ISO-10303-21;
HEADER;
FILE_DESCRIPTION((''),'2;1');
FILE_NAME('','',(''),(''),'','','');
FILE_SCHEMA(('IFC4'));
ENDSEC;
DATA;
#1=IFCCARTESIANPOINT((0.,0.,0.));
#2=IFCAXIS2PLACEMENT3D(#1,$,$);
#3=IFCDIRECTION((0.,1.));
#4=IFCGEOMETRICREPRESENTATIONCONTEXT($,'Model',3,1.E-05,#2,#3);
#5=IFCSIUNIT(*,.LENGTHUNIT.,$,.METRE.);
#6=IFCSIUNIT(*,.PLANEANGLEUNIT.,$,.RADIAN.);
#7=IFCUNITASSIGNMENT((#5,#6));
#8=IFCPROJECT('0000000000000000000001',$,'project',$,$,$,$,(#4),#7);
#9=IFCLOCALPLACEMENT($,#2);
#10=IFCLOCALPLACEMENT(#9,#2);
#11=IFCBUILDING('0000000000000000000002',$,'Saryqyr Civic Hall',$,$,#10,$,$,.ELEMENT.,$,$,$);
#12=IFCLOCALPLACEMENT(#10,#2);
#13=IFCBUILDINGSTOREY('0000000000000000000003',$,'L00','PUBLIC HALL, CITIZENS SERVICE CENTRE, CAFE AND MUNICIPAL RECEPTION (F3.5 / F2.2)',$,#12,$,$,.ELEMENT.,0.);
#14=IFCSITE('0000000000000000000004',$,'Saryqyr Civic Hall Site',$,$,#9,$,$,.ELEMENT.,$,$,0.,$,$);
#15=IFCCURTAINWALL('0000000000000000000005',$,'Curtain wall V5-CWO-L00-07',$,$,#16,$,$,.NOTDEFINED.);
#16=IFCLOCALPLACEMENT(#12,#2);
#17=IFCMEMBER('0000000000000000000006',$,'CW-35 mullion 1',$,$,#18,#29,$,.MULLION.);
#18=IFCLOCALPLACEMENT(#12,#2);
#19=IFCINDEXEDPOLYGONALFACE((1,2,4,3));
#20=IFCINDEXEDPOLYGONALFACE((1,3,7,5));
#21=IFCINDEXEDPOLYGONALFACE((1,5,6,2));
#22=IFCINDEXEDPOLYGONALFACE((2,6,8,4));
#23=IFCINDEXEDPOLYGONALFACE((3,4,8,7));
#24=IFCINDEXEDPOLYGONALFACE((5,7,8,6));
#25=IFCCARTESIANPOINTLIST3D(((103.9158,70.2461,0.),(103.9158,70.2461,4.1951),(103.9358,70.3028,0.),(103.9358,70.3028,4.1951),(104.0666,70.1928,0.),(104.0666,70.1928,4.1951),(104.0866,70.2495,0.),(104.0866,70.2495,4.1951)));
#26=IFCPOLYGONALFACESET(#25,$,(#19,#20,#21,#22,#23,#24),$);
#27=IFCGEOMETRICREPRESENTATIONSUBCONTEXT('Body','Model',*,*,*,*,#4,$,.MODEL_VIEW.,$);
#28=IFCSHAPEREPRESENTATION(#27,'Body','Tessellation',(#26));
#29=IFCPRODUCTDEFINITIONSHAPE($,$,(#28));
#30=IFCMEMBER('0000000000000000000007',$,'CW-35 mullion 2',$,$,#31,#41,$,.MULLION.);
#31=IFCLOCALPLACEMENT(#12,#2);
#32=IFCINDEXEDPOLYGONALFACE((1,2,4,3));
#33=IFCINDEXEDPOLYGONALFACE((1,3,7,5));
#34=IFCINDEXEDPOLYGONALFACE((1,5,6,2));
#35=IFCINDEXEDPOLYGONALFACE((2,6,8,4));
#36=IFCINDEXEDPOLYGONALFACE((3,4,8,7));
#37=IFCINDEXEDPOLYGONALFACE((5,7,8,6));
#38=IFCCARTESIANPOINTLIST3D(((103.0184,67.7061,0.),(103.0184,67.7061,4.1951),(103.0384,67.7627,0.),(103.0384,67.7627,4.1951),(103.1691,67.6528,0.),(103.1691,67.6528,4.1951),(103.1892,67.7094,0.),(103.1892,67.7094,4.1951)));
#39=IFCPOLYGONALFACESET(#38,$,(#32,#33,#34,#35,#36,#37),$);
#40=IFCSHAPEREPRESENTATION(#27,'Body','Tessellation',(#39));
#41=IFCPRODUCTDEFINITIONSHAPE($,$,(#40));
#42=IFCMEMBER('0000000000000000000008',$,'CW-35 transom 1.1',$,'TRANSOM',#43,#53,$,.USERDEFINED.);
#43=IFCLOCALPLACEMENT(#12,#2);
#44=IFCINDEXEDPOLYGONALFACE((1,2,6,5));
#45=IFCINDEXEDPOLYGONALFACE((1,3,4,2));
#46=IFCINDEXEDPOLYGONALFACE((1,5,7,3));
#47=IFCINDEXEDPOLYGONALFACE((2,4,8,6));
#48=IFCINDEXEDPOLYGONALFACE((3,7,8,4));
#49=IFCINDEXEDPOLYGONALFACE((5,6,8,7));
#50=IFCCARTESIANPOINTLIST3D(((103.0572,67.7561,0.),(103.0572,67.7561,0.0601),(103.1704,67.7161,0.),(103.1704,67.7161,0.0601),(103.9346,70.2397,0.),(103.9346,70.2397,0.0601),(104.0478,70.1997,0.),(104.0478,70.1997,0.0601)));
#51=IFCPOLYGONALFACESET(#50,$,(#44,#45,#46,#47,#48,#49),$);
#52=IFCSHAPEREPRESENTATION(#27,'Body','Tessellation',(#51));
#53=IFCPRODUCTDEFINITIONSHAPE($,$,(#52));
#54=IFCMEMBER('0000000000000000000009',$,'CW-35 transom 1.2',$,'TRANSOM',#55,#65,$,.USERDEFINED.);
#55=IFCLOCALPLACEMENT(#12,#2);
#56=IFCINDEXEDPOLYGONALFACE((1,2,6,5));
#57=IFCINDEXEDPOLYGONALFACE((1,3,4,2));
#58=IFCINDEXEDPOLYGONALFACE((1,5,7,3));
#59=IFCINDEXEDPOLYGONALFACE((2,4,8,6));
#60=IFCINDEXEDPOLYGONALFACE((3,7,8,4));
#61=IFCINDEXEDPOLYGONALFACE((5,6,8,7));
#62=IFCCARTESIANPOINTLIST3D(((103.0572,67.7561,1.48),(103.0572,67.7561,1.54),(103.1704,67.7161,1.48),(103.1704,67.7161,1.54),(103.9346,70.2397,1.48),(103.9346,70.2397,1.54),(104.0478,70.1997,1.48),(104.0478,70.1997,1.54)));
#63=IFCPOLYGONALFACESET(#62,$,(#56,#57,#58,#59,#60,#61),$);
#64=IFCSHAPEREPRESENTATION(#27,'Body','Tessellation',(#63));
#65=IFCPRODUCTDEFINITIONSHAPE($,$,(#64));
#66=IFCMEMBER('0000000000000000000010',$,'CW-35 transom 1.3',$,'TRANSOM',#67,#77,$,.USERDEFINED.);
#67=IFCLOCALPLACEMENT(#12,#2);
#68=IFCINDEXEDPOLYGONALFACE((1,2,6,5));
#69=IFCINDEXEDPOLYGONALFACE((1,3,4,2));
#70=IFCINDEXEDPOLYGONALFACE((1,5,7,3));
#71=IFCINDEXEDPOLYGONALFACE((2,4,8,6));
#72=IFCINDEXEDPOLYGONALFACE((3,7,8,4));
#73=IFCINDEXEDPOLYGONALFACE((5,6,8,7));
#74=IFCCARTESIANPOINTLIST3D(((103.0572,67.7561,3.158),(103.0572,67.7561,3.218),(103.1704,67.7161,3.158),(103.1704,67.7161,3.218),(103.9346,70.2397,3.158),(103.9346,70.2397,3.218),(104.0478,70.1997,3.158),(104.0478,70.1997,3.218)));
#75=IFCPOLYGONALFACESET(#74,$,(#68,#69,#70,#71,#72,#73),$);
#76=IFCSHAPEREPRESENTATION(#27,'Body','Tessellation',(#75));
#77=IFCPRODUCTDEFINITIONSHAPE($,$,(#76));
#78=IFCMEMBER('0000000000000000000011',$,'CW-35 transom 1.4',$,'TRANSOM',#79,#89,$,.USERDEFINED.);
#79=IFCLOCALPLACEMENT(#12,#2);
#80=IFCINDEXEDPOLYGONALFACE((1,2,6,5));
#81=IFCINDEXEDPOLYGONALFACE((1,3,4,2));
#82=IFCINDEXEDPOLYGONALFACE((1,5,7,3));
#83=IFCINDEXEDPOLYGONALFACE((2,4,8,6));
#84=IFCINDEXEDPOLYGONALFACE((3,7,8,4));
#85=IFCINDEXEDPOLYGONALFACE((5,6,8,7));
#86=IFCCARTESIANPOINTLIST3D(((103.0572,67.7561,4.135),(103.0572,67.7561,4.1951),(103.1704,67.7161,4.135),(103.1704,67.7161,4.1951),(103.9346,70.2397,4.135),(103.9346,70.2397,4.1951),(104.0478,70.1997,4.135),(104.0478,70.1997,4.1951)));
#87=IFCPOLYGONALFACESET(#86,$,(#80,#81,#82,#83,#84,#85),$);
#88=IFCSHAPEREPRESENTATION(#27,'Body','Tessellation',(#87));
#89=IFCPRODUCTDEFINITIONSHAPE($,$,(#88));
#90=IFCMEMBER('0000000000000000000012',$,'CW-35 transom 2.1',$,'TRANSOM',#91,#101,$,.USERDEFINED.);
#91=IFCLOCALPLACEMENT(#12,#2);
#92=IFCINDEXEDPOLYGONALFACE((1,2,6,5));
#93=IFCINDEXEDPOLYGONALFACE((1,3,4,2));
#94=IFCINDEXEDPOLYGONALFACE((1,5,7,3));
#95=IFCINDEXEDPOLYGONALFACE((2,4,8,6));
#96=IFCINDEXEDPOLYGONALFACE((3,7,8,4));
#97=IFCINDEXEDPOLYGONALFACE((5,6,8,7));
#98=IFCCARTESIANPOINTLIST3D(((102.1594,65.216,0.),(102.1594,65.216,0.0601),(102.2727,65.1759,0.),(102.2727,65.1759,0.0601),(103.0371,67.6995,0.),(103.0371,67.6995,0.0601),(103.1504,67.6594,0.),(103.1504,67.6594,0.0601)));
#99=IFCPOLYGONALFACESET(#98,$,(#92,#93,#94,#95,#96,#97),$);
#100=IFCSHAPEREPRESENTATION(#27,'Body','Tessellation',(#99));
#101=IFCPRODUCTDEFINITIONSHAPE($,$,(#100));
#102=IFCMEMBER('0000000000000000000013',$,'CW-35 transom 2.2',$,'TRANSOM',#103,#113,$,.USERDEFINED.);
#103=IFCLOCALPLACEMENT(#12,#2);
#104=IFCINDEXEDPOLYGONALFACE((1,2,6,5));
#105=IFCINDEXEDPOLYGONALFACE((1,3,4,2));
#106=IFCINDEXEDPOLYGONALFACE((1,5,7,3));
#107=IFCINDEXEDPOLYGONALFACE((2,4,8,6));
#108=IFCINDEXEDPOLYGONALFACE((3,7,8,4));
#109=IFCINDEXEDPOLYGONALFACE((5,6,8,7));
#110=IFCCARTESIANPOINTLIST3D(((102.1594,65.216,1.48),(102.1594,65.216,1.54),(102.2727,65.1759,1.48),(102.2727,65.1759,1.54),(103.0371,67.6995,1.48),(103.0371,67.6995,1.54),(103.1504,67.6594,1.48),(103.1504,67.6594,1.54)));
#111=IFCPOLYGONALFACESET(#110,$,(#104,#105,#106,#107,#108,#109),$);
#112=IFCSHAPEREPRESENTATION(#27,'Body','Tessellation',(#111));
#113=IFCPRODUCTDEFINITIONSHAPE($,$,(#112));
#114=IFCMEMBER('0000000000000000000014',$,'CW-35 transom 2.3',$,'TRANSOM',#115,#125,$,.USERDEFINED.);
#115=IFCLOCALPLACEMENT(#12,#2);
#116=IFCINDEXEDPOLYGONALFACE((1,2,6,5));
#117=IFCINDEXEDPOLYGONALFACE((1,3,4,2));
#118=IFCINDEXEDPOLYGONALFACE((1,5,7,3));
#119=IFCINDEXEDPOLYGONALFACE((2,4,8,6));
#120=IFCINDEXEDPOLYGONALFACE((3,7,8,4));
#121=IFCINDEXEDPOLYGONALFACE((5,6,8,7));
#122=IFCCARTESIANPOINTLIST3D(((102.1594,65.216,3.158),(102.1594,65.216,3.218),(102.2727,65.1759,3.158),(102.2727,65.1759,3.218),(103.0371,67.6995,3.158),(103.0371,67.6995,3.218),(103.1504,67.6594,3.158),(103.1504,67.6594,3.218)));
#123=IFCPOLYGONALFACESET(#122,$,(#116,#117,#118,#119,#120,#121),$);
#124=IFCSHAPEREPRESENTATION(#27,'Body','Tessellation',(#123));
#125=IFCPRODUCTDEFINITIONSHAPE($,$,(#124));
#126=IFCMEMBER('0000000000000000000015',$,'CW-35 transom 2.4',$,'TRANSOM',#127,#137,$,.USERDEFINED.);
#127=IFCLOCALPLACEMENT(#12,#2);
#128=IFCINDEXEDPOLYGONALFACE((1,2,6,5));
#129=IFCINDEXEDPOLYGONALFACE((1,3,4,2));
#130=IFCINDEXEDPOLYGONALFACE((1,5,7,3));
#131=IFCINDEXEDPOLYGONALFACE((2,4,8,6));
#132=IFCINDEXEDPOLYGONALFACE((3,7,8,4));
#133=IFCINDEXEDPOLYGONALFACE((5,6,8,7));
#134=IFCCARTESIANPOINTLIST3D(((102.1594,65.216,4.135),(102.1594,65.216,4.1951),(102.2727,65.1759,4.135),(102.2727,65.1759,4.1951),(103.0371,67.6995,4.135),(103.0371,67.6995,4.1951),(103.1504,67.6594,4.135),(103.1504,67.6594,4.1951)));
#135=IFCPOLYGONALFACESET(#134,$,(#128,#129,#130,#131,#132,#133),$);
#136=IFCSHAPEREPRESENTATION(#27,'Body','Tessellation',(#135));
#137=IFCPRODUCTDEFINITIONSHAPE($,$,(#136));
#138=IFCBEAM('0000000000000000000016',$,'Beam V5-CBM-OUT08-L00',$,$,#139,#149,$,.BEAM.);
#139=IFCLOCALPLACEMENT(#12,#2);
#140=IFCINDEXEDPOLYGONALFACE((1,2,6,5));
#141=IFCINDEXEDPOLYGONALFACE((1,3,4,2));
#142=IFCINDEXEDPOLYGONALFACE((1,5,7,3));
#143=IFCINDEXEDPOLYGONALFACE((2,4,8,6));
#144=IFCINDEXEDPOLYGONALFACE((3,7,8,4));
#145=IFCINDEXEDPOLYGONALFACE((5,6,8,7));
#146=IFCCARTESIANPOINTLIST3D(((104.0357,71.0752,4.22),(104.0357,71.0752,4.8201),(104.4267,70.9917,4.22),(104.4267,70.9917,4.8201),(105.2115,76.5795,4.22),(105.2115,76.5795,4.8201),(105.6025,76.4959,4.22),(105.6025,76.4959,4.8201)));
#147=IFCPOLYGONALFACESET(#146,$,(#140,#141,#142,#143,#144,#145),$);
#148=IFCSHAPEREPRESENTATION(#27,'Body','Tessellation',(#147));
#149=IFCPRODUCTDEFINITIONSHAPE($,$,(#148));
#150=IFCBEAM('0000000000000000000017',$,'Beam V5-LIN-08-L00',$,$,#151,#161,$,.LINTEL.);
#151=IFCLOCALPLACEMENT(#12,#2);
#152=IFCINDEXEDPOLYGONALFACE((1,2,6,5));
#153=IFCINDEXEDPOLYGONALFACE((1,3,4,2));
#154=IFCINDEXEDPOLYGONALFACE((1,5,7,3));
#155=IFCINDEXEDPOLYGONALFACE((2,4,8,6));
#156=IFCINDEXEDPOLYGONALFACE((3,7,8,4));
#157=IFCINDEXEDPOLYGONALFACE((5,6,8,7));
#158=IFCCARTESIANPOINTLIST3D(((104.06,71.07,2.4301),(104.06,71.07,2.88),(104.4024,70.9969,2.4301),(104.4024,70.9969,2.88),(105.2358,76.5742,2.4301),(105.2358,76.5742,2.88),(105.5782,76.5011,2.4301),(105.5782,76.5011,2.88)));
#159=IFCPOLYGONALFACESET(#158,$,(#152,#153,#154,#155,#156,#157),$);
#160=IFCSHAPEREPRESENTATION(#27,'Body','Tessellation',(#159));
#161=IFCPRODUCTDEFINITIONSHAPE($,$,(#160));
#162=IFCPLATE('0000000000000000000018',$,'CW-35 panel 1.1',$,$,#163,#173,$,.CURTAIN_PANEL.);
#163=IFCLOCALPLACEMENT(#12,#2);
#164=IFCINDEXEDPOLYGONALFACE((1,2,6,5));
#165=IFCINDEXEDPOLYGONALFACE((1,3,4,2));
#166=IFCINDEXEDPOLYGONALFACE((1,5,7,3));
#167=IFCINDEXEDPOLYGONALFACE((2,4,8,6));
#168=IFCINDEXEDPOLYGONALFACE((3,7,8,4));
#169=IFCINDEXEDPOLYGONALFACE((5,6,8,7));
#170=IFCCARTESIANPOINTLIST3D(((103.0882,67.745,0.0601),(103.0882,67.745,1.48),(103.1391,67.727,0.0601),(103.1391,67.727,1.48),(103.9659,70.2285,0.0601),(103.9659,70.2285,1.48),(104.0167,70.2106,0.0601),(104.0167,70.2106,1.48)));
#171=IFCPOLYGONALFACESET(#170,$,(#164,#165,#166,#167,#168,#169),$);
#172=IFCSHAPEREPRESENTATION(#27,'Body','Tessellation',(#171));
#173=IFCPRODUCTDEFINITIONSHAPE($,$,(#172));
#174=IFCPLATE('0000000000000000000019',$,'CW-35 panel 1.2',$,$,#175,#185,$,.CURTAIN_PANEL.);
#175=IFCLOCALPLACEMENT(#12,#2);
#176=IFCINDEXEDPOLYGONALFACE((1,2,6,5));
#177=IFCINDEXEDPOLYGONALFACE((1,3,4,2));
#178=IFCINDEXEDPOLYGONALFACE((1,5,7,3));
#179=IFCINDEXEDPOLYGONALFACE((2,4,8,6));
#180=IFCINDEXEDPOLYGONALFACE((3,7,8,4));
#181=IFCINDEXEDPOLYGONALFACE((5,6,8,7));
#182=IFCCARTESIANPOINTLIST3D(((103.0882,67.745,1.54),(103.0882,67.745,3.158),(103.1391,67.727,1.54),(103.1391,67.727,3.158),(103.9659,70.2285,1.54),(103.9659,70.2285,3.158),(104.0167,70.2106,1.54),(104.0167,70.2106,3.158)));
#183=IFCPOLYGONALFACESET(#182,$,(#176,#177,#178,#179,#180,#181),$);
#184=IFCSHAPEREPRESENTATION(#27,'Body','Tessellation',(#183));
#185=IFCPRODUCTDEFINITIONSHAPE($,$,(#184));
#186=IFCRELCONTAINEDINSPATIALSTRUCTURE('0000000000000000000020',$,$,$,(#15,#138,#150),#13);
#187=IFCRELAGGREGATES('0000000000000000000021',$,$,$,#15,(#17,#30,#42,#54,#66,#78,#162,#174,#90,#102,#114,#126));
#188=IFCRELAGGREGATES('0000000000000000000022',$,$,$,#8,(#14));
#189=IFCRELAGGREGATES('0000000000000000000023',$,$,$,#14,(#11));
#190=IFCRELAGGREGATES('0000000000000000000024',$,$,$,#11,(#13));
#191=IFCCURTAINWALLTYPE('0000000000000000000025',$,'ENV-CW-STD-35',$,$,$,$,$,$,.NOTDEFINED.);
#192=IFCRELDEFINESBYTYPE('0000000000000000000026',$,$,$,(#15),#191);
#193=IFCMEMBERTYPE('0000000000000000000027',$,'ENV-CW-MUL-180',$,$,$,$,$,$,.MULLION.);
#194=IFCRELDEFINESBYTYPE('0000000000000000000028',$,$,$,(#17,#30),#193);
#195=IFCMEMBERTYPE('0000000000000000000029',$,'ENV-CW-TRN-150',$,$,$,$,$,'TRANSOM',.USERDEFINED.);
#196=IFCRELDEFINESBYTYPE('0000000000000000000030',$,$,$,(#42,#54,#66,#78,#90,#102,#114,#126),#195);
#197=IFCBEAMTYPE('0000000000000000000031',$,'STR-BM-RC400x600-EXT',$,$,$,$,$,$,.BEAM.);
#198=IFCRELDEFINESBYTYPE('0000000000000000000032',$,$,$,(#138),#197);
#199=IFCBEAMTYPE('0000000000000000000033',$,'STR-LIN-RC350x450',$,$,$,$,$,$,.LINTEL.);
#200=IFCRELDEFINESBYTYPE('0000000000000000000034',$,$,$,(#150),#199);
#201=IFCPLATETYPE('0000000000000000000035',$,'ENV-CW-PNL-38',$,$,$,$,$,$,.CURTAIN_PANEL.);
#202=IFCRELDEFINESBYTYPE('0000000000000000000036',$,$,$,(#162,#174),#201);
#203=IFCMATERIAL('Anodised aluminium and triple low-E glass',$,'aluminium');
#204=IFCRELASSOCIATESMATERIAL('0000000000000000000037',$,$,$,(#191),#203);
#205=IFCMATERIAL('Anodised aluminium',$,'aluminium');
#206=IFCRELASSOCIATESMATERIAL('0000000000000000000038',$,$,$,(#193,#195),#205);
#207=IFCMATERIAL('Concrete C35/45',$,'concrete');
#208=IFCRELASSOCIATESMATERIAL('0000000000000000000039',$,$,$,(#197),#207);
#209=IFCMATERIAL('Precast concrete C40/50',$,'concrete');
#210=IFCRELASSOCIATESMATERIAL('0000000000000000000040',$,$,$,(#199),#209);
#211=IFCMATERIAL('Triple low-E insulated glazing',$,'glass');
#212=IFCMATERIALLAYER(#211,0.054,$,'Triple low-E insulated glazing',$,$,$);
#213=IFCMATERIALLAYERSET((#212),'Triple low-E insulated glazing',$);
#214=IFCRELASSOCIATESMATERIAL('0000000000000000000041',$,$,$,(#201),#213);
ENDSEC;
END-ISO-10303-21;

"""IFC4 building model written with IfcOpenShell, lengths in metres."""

from ifc_helpers import new_model, si_unit, direction, frame, origin, origin_2d, place, context, subcontext, project, spatial, rectangle, extrude, material, layer, layer_set, material_profile, profile_set, type_object, element, aggregate, save


model = new_model("IFC4")

# Units and contexts
model_context = context("Model", 3, precision=1e-05, world=origin(), true_north=direction((0.0, 1.0)))
body_context = subcontext(model_context, "Body", "Model", "MODEL_VIEW")
ifc_project = project(units=[si_unit("LENGTHUNIT", "METRE"), si_unit("PLANEANGLEUNIT", "RADIAN")], contexts=[model_context])

# Site, building, storey
site_placement = place(None, origin())
site = spatial("IfcSite", under=ifc_project, at=site_placement, Name="Saryqyr Civic Hall Site", CompositionType="ELEMENT", RefElevation=0.0)
building_placement = place(site_placement, origin())
building = spatial("IfcBuilding", under=site, at=building_placement, Name="Saryqyr Civic Hall", CompositionType="ELEMENT")
storey_placement = place(building_placement, origin())
storey = spatial("IfcBuildingStorey", under=building, at=storey_placement, Name="L00", Description="PUBLIC HALL, CITIZENS SERVICE CENTRE, CAFE AND MUNICIPAL RECEPTION (F3.5 / F2.2)", CompositionType="ELEMENT", Elevation=0.0)

# Curtain wall, members
ifc_material_1 = material(Name="Anodised aluminium and triple low-E glass", Category="aluminium")
curtain_wall_type = type_object("IfcCurtainWallType", Name="ENV-CW-STD-35", PredefinedType="NOTDEFINED", material=ifc_material_1)
curtain_wall_placement = place(storey_placement, origin())
curtain_wall = element("IfcCurtainWall", 1, at=curtain_wall_placement, inside=storey, type_object=curtain_wall_type, Name="Curtain wall V5-CWO-L00-07", PredefinedType="NOTDEFINED")
ifc_material_2 = material(Name="Anodised aluminium", Category="aluminium")
ifc_material_profile_1 = material_profile(ifc_material_2, rectangle(XDim=0.0601, YDim=0.1599, at=origin_2d()), Name="ALU MULLION 60x160")
ifc_profile_set_1 = profile_set([ifc_material_profile_1], Name="Anodised aluminium")
member_type_1 = type_object("IfcMemberType", Name="ENV-CW-MUL-180", PredefinedType="MULLION", material=ifc_profile_set_1)
member_1_placement = place(storey_placement, frame((104.0012, 70.2478, 0.0), z_axis=(0.0, 0.0, 1.0), x_axis=(-0.333181, -0.942863, 0.0)))
member_1 = element("IfcMember", 2, at=member_1_placement, type_object=member_type_1, Name="CW-35 mullion 1", PredefinedType="MULLION", context=body_context, shape_type="SweptSolid", body=[
    extrude(rectangle(XDim=0.0601, YDim=0.1599, at=origin_2d()), origin(), (0.0, 0.0, 1.0), 4.1951),
])
member_2_placement = place(storey_placement, frame((103.1038, 67.7078, 0.0), z_axis=(0.0, 0.0, 1.0), x_axis=(-0.333181, -0.942863, 0.0)))
member_2 = element("IfcMember", 3, at=member_2_placement, type_object=member_type_1, Name="CW-35 mullion 2", PredefinedType="MULLION", context=body_context, shape_type="SweptSolid", body=[
    extrude(rectangle(XDim=0.0601, YDim=0.1599, at=origin_2d()), origin(), (0.0, 0.0, 1.0), 4.1951),
])
ifc_material_profile_2 = material_profile(ifc_material_2, rectangle(XDim=0.1201, YDim=0.0601, at=origin_2d()), Name="ALU TRANSOM 120x60")
ifc_profile_set_2 = profile_set([ifc_material_profile_2], Name="Anodised aluminium")
member_type_2 = type_object("IfcMemberType", Name="ENV-CW-TRN-150", ElementType="TRANSOM", PredefinedType="USERDEFINED", material=ifc_profile_set_2)
member_3_placement = place(storey_placement, frame((103.9912, 70.2197, 0.03), z_axis=(-0.333111, -0.942888, 0.0), x_axis=(0.942888, -0.333111, 0.0)))
member_3 = element("IfcMember", 4, at=member_3_placement, type_object=member_type_2, Name="CW-35 transom 1.1", ObjectType="TRANSOM", PredefinedType="USERDEFINED", context=body_context, shape_type="SweptSolid", body=[
    extrude(rectangle(XDim=0.1201, YDim=0.0601, at=origin_2d()), origin(), (0.0, 0.0, 1.0), 2.634),
])
member_4_placement = place(storey_placement, frame((103.9912, 70.2197, 1.51), z_axis=(-0.333111, -0.942888, 0.0), x_axis=(0.942888, -0.333111, 0.0)))
member_4 = element("IfcMember", 5, at=member_4_placement, type_object=member_type_2, Name="CW-35 transom 1.2", ObjectType="TRANSOM", PredefinedType="USERDEFINED", context=body_context, shape_type="SweptSolid", body=[
    extrude(rectangle(XDim=0.1201, YDim=0.0601, at=origin_2d()), origin(), (0.0, 0.0, 1.0), 2.634),
])
member_5_placement = place(storey_placement, frame((103.9912, 70.2197, 3.188), z_axis=(-0.333111, -0.942888, 0.0), x_axis=(0.942888, -0.333111, 0.0)))
member_5 = element("IfcMember", 6, at=member_5_placement, type_object=member_type_2, Name="CW-35 transom 1.3", ObjectType="TRANSOM", PredefinedType="USERDEFINED", context=body_context, shape_type="SweptSolid", body=[
    extrude(rectangle(XDim=0.1201, YDim=0.0601, at=origin_2d()), origin(), (0.0, 0.0, 1.0), 2.634),
])
member_6_placement = place(storey_placement, frame((103.9912, 70.2197, 4.165), z_axis=(-0.333111, -0.942888, 0.0), x_axis=(0.942888, -0.333111, 0.0)))
member_6 = element("IfcMember", 7, at=member_6_placement, type_object=member_type_2, Name="CW-35 transom 1.4", ObjectType="TRANSOM", PredefinedType="USERDEFINED", context=body_context, shape_type="SweptSolid", body=[
    extrude(rectangle(XDim=0.1201, YDim=0.0601, at=origin_2d()), origin(), (0.0, 0.0, 1.0), 2.634),
])
member_7_placement = place(storey_placement, frame((103.0938, 67.6794, 0.03), z_axis=(-0.333223, -0.942848, 0.0), x_axis=(0.942848, -0.333223, 0.0)))
member_7 = element("IfcMember", 8, at=member_7_placement, type_object=member_type_2, Name="CW-35 transom 2.1", ObjectType="TRANSOM", PredefinedType="USERDEFINED", context=body_context, shape_type="SweptSolid", body=[
    extrude(rectangle(XDim=0.1201, YDim=0.0601, at=origin_2d()), origin(), (0.0, 0.0, 1.0), 2.634),
])
member_8_placement = place(storey_placement, frame((103.0938, 67.6794, 1.51), z_axis=(-0.333223, -0.942848, 0.0), x_axis=(0.942848, -0.333223, 0.0)))
member_8 = element("IfcMember", 9, at=member_8_placement, type_object=member_type_2, Name="CW-35 transom 2.2", ObjectType="TRANSOM", PredefinedType="USERDEFINED", context=body_context, shape_type="SweptSolid", body=[
    extrude(rectangle(XDim=0.1201, YDim=0.0601, at=origin_2d()), origin(), (0.0, 0.0, 1.0), 2.634),
])
member_9_placement = place(storey_placement, frame((103.0938, 67.6794, 3.188), z_axis=(-0.333223, -0.942848, 0.0), x_axis=(0.942848, -0.333223, 0.0)))
member_9 = element("IfcMember", 10, at=member_9_placement, type_object=member_type_2, Name="CW-35 transom 2.3", ObjectType="TRANSOM", PredefinedType="USERDEFINED", context=body_context, shape_type="SweptSolid", body=[
    extrude(rectangle(XDim=0.1201, YDim=0.0601, at=origin_2d()), origin(), (0.0, 0.0, 1.0), 2.634),
])
member_10_placement = place(storey_placement, frame((103.0938, 67.6794, 4.165), z_axis=(-0.333223, -0.942848, 0.0), x_axis=(0.942848, -0.333223, 0.0)))
member_10 = element("IfcMember", 11, at=member_10_placement, type_object=member_type_2, Name="CW-35 transom 2.4", ObjectType="TRANSOM", PredefinedType="USERDEFINED", context=body_context, shape_type="SweptSolid", body=[
    extrude(rectangle(XDim=0.1201, YDim=0.0601, at=origin_2d()), origin(), (0.0, 0.0, 1.0), 2.634),
])

# Beams
ifc_material_3 = material(Name="Concrete C35/45", Category="concrete")
ifc_material_profile_3 = material_profile(ifc_material_3, rectangle(XDim=0.3999, YDim=0.6001, at=origin_2d()), Name="RC 400x600")
ifc_profile_set_3 = profile_set([ifc_material_profile_3], Name="Concrete C35/45")
beam_type_1 = type_object("IfcBeamType", Name="STR-BM-RC400x600-EXT", PredefinedType="BEAM", material=ifc_profile_set_3)
beam_1_placement = place(storey_placement, frame((104.2312, 71.0334, 4.52), z_axis=(0.208904, 0.977936, 0.0), x_axis=(-0.977936, 0.208904, 0.0)))
element("IfcBeam", 12, at=beam_1_placement, inside=storey, type_object=beam_type_1, Name="Beam V5-CBM-OUT08-L00", PredefinedType="BEAM", context=body_context, shape_type="SweptSolid", body=[
    extrude(rectangle(XDim=0.3999, YDim=0.6001, at=origin_2d()), origin(), (0.0, 0.0, 1.0), 5.6284),
])
ifc_material_4 = material(Name="Precast concrete C40/50", Category="concrete")
ifc_material_profile_4 = material_profile(ifc_material_4, rectangle(XDim=0.3501, YDim=0.45, at=origin_2d()), Name="RC 350x450")
ifc_profile_set_4 = profile_set([ifc_material_profile_4], Name="Precast concrete C40/50")
beam_type_2 = type_object("IfcBeamType", Name="STR-LIN-RC350x450", PredefinedType="LINTEL", material=ifc_profile_set_4)
beam_2_placement = place(storey_placement, frame((104.2312, 71.0334, 2.655), z_axis=(0.208904, 0.977936, 0.0), x_axis=(-0.977936, 0.208904, 0.0)))
element("IfcBeam", 13, at=beam_2_placement, inside=storey, type_object=beam_type_2, Name="Beam V5-LIN-08-L00", PredefinedType="LINTEL", context=body_context, shape_type="SweptSolid", body=[
    extrude(rectangle(XDim=0.3501, YDim=0.45, at=origin_2d()), origin(), (0.0, 0.0, 1.0), 5.6284),
])

# Plates
ifc_material_5 = material(Name="Triple low-E insulated glazing", Category="glass")
ifc_layer_1 = layer(ifc_material_5, 0.054, Name="Triple low-E insulated glazing")
ifc_layer_set_1 = layer_set([ifc_layer_1], Name="Triple low-E insulated glazing")
plate_type = type_object("IfcPlateType", Name="ENV-CW-PNL-38", PredefinedType="CURTAIN_PANEL", material=ifc_layer_set_1)
plate_1_placement = place(storey_placement, frame((103.5525, 68.9778, 0.0601), z_axis=(0.0, 0.0, 1.0), x_axis=(-0.333181, -0.942863, 0.0)))
plate_1 = element("IfcPlate", 14, at=plate_1_placement, type_object=plate_type, Name="CW-35 panel 1.1", PredefinedType="CURTAIN_PANEL", context=body_context, shape_type="SweptSolid", body=[
    extrude(rectangle(XDim=2.634, YDim=0.054, at=origin_2d()), origin(), (0.0, 0.0, 1.0), 1.4199),
])
plate_2_placement = place(storey_placement, frame((103.5525, 68.9778, 1.54), z_axis=(0.0, 0.0, 1.0), x_axis=(-0.333181, -0.942863, 0.0)))
plate_2 = element("IfcPlate", 15, at=plate_2_placement, type_object=plate_type, Name="CW-35 panel 1.2", PredefinedType="CURTAIN_PANEL", context=body_context, shape_type="SweptSolid", body=[
    extrude(rectangle(XDim=2.634, YDim=0.054, at=origin_2d()), origin(), (0.0, 0.0, 1.0), 1.6179),
])
aggregate(curtain_wall, [member_1, member_2, member_3, member_4, member_5, member_6, plate_1, plate_2, member_7, member_8, member_9, member_10])

save(model, "model.ifc")
